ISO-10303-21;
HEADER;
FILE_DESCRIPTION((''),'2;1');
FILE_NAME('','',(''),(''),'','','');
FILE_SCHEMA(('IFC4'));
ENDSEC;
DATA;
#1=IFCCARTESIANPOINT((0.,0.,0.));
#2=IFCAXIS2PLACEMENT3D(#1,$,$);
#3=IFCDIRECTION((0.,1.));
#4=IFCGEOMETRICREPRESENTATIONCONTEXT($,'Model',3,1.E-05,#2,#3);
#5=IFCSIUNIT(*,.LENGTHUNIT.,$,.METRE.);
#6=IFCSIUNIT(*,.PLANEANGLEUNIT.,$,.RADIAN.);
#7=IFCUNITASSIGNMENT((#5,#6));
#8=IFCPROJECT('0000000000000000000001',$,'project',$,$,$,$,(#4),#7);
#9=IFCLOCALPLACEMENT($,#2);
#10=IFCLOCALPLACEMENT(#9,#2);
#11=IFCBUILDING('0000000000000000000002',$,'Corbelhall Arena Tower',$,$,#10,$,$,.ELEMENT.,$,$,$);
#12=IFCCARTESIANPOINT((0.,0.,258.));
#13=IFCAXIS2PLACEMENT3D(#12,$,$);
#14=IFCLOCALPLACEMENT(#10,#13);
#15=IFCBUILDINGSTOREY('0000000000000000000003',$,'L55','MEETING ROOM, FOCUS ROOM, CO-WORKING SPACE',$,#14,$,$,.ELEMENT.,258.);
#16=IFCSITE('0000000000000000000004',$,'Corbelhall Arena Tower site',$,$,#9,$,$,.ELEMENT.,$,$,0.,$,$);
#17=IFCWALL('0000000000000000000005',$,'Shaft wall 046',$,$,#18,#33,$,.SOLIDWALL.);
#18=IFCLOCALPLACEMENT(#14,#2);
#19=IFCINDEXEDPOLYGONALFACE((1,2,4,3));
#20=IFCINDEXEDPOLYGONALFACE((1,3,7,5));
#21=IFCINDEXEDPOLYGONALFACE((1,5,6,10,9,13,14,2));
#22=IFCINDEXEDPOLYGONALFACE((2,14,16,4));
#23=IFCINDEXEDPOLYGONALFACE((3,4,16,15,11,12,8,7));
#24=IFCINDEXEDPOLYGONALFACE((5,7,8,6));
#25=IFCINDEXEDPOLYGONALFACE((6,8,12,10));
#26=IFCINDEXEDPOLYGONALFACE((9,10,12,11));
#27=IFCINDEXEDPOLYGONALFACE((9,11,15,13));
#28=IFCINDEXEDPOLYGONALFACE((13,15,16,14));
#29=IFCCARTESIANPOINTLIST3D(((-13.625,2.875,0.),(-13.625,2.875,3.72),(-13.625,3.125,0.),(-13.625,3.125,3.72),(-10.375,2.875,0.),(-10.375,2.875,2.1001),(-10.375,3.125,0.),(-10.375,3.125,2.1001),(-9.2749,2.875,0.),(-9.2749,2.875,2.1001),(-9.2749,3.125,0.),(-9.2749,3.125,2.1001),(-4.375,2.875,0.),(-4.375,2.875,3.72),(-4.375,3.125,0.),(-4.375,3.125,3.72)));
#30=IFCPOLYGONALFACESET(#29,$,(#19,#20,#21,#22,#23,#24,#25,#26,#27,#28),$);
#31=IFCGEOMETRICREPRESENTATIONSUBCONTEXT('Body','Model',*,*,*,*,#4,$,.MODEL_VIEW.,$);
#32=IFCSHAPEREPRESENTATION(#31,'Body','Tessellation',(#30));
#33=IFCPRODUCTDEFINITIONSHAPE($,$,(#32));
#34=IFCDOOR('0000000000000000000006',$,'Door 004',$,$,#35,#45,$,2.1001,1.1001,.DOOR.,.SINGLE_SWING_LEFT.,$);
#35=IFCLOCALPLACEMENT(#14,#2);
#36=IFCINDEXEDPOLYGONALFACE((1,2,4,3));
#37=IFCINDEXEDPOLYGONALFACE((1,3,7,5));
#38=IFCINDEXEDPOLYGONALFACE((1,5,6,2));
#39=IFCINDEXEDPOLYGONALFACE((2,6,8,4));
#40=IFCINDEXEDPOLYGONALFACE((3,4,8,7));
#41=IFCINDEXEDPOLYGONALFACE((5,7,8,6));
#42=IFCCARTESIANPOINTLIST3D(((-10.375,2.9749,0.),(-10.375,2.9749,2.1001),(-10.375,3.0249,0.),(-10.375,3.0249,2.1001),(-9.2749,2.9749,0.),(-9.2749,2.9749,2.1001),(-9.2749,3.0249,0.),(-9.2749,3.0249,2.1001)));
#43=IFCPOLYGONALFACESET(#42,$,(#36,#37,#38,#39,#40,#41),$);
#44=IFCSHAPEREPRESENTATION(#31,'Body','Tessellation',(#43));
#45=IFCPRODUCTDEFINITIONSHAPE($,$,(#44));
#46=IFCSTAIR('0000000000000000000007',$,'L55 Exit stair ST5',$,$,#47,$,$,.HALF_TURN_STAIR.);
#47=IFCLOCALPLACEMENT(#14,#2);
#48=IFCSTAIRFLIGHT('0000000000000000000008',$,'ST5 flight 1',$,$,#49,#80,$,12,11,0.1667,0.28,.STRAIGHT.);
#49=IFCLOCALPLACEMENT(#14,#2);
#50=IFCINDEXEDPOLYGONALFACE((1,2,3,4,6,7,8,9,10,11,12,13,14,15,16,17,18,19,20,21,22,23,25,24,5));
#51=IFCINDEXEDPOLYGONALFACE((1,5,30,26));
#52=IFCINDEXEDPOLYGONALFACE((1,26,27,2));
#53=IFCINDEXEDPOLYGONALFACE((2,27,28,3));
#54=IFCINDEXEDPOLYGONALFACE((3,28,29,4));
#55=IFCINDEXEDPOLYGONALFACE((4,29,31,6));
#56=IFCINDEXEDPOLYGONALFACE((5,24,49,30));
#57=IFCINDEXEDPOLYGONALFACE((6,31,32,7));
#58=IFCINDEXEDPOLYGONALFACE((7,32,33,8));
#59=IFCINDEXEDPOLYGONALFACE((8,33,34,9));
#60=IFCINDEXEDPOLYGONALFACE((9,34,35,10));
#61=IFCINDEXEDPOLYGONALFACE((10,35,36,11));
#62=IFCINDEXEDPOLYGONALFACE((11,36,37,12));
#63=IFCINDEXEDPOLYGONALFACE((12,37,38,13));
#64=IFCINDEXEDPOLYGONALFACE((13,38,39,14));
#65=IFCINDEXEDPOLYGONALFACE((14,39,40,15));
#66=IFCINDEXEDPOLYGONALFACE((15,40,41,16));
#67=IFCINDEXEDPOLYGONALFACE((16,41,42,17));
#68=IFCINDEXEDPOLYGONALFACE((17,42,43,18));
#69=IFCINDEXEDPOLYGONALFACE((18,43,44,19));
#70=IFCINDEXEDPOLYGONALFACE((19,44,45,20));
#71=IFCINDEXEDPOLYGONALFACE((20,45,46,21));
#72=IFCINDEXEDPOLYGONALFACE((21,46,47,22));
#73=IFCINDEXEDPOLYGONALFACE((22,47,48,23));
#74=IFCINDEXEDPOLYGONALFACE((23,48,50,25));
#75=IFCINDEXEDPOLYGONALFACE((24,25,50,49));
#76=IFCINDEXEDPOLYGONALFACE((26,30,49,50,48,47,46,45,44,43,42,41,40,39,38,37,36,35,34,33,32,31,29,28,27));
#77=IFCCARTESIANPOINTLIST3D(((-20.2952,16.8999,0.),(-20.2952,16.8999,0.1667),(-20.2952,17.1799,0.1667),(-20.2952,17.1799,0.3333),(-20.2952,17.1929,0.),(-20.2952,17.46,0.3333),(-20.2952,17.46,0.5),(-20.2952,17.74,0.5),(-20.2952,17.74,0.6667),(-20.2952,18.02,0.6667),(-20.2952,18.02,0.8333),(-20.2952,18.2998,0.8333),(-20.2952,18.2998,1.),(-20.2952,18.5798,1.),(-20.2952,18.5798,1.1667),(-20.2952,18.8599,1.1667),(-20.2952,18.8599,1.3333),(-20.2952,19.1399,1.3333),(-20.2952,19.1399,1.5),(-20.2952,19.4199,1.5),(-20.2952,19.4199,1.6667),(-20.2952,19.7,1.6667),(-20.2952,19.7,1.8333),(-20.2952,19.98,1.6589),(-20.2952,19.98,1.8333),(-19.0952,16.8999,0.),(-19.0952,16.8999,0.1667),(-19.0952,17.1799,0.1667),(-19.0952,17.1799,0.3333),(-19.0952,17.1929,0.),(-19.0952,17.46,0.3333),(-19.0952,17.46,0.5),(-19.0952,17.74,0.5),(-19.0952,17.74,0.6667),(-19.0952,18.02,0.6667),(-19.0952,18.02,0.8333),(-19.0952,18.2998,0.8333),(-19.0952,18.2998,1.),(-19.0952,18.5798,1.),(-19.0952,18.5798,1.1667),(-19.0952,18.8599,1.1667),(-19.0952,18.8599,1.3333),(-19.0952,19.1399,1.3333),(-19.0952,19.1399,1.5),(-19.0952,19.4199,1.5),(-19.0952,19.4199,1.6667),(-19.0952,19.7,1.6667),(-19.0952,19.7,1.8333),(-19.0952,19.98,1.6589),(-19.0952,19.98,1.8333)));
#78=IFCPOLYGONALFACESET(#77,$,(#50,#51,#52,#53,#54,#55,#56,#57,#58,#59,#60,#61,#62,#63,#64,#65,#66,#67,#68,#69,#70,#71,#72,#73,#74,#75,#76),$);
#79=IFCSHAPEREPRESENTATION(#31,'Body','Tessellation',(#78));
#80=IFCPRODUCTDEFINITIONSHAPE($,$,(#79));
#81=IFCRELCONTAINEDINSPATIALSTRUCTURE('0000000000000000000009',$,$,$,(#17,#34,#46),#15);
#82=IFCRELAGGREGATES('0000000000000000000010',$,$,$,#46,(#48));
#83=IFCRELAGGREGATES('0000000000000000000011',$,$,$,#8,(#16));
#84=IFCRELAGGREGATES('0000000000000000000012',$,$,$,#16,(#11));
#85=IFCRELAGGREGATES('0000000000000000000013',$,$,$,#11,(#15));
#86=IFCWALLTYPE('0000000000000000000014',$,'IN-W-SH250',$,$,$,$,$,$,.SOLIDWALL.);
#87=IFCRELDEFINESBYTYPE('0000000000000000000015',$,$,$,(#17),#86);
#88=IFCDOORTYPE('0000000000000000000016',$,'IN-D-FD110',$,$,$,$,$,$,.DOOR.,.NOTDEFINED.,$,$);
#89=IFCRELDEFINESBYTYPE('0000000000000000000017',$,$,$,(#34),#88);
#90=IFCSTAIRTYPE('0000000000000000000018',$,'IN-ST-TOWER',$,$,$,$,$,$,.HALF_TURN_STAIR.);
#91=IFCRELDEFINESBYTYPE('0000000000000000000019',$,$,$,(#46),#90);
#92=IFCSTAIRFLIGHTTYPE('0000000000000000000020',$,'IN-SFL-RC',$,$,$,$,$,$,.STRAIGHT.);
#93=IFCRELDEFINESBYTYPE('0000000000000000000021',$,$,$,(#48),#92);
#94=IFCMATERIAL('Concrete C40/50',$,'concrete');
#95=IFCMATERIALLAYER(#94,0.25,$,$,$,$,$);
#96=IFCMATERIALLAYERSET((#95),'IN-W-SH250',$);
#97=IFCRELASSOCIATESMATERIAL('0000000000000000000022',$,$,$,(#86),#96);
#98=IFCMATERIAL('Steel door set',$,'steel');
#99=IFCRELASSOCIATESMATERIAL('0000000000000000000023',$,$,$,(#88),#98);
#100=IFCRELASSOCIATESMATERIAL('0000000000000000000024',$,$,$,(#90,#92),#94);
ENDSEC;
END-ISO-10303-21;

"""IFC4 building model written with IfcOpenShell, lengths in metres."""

from ifc_helpers import new_model, si_unit, direction, frame, frame_2d, origin, place, context, subcontext, project, spatial, polyline, rectangle, outline, extrude, material, layer, layer_set, type_object, element, fill, aggregate, save


model = new_model("IFC4")

# Units and contexts
model_context = context("Model", 3, precision=1e-05, world=origin(), true_north=direction((0.0, 1.0)))
body_context = subcontext(model_context, "Body", "Model", "MODEL_VIEW")
ifc_project = project(units=[si_unit("LENGTHUNIT", "METRE"), si_unit("PLANEANGLEUNIT", "RADIAN")], contexts=[model_context])

# Site, building, storey
site_placement = place(None, origin())
site = spatial("IfcSite", under=ifc_project, at=site_placement, Name="Corbelhall Arena Tower site", CompositionType="ELEMENT", RefElevation=0.0)
building_placement = place(site_placement, origin())
building = spatial("IfcBuilding", under=site, at=building_placement, Name="Corbelhall Arena Tower", CompositionType="ELEMENT")
storey_placement = place(building_placement, frame((0.0, 0.0, 258.0)))
storey = spatial("IfcBuildingStorey", under=building, at=storey_placement, Name="L55", Description="MEETING ROOM, FOCUS ROOM, CO-WORKING SPACE", CompositionType="ELEMENT", Elevation=258.0)

# Shared definitions
ifc_material_1 = material(Name="Concrete C40/50", Category="concrete")
ifc_material_2 = material(Name="Steel door set", Category="steel")

# Wall, opening, door
ifc_layer_1 = layer(ifc_material_1, 0.25)
ifc_layer_set_1 = layer_set([ifc_layer_1], Name="IN-W-SH250")
wall_type_1 = type_object("IfcWallType", Name="IN-W-SH250", PredefinedType="SOLIDWALL", material=ifc_layer_set_1)
wall_1_placement = place(storey_placement, frame((-13.625, 3.0, 0.0), z_axis=(0.0, 0.0, 1.0), x_axis=(1.0, 0.0, 0.0)))
wall_1 = element("IfcWall", 1, at=wall_1_placement, inside=storey, type_object=wall_type_1, Name="Shaft wall 046", PredefinedType="SOLIDWALL", context=body_context, shape_type="SweptSolid", body=[
    extrude(rectangle(XDim=9.25, YDim=0.25, at=frame_2d((4.625, 0.0))), origin(), (0.0, 0.0, 1.0), 3.72),
])
opening_1_placement = place(wall_1_placement, frame((3.25, 0.0, 0.0)))
opening_1 = element("IfcOpeningElement", 2, at=opening_1_placement, cuts=wall_1, PredefinedType="OPENING", context=body_context, shape_type="SweptSolid", body=[
    extrude(rectangle(XDim=1.1001, YDim=2.1001, at=frame_2d((0.55, 1.05))), frame((0.0, 0.125, 0.0), z_axis=(0.0, -1.0, 0.0), x_axis=(1.0, 0.0, 0.0)), (0.0, 0.0, 1.0), 0.25),
])
door_type_1 = type_object("IfcDoorType", Name="IN-D-FD110", OperationType="NOTDEFINED", PredefinedType="DOOR", material=ifc_material_2)
door_1_placement = place(opening_1_placement, origin())
door_1 = element("IfcDoor", 3, at=door_1_placement, inside=storey, type_object=door_type_1, Name="Door 004", OperationType="SINGLE_SWING_LEFT", OverallHeight=2.1001, OverallWidth=1.1001, PredefinedType="DOOR", context=body_context, shape_type="SweptSolid", body=[
    extrude(rectangle(XDim=1.1001, YDim=2.1001, at=frame_2d((0.55, 1.05))), frame((0.0, 0.0249, 0.0), z_axis=(0.0, -1.0, 0.0), x_axis=(1.0, 0.0, 0.0)), (0.0, 0.0, 1.0), 0.05),
])
fill(opening_1, door_1)

# Stair, stair flight
stair_type = type_object("IfcStairType", Name="IN-ST-TOWER", PredefinedType="HALF_TURN_STAIR", material=ifc_material_1)
stair_placement = place(storey_placement, origin())
stair = element("IfcStair", 4, at=stair_placement, inside=storey, type_object=stair_type, Name="L55 Exit stair ST5", PredefinedType="HALF_TURN_STAIR")
stair_flight_type = type_object("IfcStairFlightType", Name="IN-SFL-RC", PredefinedType="STRAIGHT", material=ifc_material_1)
stair_flight_placement = place(storey_placement, frame((-19.6951, 16.8999, 0.0), z_axis=(0.0, 0.0, 1.0), x_axis=(0.0, 1.0, 0.0)))
stair_flight = element("IfcStairFlight", 5, at=stair_flight_placement, type_object=stair_flight_type, Name="ST5 flight 1", NumberOfRisers=12, NumberOfTreads=11, PredefinedType="STRAIGHT", RiserHeight=0.1667, TreadLength=0.28, context=body_context, shape_type="SweptSolid", body=[
    extrude(outline(polyline([(0.0, 0.0), (0.0, 0.1667), (0.28, 0.1667), (0.28, 0.3333), (0.5601, 0.3333), (0.5601, 0.5), (0.8401, 0.5), (0.8401, 0.6667), (1.1201, 0.6667), (1.1201, 0.8333), (1.3999, 0.8333), (1.3999, 1.0), (1.6799, 1.0), (1.6799, 1.1667), (1.96, 1.1667), (1.96, 1.3333), (2.24, 1.3333), (2.24, 1.5), (2.52, 1.5), (2.52, 1.6667), (2.8, 1.6667), (2.8, 1.8333), (3.0801, 1.8333), (3.0801, 2.0), (3.0801, 1.6589), (0.293, 0.0), (0.0, 0.0)])), frame((0.0, 0.6001, 0.0), z_axis=(0.0, -1.0, 0.0), x_axis=(1.0, 0.0, 0.0)), (0.0, 0.0, 1.0), 1.2),
])
aggregate(stair, [stair_flight])

save(model, "model.ifc")
